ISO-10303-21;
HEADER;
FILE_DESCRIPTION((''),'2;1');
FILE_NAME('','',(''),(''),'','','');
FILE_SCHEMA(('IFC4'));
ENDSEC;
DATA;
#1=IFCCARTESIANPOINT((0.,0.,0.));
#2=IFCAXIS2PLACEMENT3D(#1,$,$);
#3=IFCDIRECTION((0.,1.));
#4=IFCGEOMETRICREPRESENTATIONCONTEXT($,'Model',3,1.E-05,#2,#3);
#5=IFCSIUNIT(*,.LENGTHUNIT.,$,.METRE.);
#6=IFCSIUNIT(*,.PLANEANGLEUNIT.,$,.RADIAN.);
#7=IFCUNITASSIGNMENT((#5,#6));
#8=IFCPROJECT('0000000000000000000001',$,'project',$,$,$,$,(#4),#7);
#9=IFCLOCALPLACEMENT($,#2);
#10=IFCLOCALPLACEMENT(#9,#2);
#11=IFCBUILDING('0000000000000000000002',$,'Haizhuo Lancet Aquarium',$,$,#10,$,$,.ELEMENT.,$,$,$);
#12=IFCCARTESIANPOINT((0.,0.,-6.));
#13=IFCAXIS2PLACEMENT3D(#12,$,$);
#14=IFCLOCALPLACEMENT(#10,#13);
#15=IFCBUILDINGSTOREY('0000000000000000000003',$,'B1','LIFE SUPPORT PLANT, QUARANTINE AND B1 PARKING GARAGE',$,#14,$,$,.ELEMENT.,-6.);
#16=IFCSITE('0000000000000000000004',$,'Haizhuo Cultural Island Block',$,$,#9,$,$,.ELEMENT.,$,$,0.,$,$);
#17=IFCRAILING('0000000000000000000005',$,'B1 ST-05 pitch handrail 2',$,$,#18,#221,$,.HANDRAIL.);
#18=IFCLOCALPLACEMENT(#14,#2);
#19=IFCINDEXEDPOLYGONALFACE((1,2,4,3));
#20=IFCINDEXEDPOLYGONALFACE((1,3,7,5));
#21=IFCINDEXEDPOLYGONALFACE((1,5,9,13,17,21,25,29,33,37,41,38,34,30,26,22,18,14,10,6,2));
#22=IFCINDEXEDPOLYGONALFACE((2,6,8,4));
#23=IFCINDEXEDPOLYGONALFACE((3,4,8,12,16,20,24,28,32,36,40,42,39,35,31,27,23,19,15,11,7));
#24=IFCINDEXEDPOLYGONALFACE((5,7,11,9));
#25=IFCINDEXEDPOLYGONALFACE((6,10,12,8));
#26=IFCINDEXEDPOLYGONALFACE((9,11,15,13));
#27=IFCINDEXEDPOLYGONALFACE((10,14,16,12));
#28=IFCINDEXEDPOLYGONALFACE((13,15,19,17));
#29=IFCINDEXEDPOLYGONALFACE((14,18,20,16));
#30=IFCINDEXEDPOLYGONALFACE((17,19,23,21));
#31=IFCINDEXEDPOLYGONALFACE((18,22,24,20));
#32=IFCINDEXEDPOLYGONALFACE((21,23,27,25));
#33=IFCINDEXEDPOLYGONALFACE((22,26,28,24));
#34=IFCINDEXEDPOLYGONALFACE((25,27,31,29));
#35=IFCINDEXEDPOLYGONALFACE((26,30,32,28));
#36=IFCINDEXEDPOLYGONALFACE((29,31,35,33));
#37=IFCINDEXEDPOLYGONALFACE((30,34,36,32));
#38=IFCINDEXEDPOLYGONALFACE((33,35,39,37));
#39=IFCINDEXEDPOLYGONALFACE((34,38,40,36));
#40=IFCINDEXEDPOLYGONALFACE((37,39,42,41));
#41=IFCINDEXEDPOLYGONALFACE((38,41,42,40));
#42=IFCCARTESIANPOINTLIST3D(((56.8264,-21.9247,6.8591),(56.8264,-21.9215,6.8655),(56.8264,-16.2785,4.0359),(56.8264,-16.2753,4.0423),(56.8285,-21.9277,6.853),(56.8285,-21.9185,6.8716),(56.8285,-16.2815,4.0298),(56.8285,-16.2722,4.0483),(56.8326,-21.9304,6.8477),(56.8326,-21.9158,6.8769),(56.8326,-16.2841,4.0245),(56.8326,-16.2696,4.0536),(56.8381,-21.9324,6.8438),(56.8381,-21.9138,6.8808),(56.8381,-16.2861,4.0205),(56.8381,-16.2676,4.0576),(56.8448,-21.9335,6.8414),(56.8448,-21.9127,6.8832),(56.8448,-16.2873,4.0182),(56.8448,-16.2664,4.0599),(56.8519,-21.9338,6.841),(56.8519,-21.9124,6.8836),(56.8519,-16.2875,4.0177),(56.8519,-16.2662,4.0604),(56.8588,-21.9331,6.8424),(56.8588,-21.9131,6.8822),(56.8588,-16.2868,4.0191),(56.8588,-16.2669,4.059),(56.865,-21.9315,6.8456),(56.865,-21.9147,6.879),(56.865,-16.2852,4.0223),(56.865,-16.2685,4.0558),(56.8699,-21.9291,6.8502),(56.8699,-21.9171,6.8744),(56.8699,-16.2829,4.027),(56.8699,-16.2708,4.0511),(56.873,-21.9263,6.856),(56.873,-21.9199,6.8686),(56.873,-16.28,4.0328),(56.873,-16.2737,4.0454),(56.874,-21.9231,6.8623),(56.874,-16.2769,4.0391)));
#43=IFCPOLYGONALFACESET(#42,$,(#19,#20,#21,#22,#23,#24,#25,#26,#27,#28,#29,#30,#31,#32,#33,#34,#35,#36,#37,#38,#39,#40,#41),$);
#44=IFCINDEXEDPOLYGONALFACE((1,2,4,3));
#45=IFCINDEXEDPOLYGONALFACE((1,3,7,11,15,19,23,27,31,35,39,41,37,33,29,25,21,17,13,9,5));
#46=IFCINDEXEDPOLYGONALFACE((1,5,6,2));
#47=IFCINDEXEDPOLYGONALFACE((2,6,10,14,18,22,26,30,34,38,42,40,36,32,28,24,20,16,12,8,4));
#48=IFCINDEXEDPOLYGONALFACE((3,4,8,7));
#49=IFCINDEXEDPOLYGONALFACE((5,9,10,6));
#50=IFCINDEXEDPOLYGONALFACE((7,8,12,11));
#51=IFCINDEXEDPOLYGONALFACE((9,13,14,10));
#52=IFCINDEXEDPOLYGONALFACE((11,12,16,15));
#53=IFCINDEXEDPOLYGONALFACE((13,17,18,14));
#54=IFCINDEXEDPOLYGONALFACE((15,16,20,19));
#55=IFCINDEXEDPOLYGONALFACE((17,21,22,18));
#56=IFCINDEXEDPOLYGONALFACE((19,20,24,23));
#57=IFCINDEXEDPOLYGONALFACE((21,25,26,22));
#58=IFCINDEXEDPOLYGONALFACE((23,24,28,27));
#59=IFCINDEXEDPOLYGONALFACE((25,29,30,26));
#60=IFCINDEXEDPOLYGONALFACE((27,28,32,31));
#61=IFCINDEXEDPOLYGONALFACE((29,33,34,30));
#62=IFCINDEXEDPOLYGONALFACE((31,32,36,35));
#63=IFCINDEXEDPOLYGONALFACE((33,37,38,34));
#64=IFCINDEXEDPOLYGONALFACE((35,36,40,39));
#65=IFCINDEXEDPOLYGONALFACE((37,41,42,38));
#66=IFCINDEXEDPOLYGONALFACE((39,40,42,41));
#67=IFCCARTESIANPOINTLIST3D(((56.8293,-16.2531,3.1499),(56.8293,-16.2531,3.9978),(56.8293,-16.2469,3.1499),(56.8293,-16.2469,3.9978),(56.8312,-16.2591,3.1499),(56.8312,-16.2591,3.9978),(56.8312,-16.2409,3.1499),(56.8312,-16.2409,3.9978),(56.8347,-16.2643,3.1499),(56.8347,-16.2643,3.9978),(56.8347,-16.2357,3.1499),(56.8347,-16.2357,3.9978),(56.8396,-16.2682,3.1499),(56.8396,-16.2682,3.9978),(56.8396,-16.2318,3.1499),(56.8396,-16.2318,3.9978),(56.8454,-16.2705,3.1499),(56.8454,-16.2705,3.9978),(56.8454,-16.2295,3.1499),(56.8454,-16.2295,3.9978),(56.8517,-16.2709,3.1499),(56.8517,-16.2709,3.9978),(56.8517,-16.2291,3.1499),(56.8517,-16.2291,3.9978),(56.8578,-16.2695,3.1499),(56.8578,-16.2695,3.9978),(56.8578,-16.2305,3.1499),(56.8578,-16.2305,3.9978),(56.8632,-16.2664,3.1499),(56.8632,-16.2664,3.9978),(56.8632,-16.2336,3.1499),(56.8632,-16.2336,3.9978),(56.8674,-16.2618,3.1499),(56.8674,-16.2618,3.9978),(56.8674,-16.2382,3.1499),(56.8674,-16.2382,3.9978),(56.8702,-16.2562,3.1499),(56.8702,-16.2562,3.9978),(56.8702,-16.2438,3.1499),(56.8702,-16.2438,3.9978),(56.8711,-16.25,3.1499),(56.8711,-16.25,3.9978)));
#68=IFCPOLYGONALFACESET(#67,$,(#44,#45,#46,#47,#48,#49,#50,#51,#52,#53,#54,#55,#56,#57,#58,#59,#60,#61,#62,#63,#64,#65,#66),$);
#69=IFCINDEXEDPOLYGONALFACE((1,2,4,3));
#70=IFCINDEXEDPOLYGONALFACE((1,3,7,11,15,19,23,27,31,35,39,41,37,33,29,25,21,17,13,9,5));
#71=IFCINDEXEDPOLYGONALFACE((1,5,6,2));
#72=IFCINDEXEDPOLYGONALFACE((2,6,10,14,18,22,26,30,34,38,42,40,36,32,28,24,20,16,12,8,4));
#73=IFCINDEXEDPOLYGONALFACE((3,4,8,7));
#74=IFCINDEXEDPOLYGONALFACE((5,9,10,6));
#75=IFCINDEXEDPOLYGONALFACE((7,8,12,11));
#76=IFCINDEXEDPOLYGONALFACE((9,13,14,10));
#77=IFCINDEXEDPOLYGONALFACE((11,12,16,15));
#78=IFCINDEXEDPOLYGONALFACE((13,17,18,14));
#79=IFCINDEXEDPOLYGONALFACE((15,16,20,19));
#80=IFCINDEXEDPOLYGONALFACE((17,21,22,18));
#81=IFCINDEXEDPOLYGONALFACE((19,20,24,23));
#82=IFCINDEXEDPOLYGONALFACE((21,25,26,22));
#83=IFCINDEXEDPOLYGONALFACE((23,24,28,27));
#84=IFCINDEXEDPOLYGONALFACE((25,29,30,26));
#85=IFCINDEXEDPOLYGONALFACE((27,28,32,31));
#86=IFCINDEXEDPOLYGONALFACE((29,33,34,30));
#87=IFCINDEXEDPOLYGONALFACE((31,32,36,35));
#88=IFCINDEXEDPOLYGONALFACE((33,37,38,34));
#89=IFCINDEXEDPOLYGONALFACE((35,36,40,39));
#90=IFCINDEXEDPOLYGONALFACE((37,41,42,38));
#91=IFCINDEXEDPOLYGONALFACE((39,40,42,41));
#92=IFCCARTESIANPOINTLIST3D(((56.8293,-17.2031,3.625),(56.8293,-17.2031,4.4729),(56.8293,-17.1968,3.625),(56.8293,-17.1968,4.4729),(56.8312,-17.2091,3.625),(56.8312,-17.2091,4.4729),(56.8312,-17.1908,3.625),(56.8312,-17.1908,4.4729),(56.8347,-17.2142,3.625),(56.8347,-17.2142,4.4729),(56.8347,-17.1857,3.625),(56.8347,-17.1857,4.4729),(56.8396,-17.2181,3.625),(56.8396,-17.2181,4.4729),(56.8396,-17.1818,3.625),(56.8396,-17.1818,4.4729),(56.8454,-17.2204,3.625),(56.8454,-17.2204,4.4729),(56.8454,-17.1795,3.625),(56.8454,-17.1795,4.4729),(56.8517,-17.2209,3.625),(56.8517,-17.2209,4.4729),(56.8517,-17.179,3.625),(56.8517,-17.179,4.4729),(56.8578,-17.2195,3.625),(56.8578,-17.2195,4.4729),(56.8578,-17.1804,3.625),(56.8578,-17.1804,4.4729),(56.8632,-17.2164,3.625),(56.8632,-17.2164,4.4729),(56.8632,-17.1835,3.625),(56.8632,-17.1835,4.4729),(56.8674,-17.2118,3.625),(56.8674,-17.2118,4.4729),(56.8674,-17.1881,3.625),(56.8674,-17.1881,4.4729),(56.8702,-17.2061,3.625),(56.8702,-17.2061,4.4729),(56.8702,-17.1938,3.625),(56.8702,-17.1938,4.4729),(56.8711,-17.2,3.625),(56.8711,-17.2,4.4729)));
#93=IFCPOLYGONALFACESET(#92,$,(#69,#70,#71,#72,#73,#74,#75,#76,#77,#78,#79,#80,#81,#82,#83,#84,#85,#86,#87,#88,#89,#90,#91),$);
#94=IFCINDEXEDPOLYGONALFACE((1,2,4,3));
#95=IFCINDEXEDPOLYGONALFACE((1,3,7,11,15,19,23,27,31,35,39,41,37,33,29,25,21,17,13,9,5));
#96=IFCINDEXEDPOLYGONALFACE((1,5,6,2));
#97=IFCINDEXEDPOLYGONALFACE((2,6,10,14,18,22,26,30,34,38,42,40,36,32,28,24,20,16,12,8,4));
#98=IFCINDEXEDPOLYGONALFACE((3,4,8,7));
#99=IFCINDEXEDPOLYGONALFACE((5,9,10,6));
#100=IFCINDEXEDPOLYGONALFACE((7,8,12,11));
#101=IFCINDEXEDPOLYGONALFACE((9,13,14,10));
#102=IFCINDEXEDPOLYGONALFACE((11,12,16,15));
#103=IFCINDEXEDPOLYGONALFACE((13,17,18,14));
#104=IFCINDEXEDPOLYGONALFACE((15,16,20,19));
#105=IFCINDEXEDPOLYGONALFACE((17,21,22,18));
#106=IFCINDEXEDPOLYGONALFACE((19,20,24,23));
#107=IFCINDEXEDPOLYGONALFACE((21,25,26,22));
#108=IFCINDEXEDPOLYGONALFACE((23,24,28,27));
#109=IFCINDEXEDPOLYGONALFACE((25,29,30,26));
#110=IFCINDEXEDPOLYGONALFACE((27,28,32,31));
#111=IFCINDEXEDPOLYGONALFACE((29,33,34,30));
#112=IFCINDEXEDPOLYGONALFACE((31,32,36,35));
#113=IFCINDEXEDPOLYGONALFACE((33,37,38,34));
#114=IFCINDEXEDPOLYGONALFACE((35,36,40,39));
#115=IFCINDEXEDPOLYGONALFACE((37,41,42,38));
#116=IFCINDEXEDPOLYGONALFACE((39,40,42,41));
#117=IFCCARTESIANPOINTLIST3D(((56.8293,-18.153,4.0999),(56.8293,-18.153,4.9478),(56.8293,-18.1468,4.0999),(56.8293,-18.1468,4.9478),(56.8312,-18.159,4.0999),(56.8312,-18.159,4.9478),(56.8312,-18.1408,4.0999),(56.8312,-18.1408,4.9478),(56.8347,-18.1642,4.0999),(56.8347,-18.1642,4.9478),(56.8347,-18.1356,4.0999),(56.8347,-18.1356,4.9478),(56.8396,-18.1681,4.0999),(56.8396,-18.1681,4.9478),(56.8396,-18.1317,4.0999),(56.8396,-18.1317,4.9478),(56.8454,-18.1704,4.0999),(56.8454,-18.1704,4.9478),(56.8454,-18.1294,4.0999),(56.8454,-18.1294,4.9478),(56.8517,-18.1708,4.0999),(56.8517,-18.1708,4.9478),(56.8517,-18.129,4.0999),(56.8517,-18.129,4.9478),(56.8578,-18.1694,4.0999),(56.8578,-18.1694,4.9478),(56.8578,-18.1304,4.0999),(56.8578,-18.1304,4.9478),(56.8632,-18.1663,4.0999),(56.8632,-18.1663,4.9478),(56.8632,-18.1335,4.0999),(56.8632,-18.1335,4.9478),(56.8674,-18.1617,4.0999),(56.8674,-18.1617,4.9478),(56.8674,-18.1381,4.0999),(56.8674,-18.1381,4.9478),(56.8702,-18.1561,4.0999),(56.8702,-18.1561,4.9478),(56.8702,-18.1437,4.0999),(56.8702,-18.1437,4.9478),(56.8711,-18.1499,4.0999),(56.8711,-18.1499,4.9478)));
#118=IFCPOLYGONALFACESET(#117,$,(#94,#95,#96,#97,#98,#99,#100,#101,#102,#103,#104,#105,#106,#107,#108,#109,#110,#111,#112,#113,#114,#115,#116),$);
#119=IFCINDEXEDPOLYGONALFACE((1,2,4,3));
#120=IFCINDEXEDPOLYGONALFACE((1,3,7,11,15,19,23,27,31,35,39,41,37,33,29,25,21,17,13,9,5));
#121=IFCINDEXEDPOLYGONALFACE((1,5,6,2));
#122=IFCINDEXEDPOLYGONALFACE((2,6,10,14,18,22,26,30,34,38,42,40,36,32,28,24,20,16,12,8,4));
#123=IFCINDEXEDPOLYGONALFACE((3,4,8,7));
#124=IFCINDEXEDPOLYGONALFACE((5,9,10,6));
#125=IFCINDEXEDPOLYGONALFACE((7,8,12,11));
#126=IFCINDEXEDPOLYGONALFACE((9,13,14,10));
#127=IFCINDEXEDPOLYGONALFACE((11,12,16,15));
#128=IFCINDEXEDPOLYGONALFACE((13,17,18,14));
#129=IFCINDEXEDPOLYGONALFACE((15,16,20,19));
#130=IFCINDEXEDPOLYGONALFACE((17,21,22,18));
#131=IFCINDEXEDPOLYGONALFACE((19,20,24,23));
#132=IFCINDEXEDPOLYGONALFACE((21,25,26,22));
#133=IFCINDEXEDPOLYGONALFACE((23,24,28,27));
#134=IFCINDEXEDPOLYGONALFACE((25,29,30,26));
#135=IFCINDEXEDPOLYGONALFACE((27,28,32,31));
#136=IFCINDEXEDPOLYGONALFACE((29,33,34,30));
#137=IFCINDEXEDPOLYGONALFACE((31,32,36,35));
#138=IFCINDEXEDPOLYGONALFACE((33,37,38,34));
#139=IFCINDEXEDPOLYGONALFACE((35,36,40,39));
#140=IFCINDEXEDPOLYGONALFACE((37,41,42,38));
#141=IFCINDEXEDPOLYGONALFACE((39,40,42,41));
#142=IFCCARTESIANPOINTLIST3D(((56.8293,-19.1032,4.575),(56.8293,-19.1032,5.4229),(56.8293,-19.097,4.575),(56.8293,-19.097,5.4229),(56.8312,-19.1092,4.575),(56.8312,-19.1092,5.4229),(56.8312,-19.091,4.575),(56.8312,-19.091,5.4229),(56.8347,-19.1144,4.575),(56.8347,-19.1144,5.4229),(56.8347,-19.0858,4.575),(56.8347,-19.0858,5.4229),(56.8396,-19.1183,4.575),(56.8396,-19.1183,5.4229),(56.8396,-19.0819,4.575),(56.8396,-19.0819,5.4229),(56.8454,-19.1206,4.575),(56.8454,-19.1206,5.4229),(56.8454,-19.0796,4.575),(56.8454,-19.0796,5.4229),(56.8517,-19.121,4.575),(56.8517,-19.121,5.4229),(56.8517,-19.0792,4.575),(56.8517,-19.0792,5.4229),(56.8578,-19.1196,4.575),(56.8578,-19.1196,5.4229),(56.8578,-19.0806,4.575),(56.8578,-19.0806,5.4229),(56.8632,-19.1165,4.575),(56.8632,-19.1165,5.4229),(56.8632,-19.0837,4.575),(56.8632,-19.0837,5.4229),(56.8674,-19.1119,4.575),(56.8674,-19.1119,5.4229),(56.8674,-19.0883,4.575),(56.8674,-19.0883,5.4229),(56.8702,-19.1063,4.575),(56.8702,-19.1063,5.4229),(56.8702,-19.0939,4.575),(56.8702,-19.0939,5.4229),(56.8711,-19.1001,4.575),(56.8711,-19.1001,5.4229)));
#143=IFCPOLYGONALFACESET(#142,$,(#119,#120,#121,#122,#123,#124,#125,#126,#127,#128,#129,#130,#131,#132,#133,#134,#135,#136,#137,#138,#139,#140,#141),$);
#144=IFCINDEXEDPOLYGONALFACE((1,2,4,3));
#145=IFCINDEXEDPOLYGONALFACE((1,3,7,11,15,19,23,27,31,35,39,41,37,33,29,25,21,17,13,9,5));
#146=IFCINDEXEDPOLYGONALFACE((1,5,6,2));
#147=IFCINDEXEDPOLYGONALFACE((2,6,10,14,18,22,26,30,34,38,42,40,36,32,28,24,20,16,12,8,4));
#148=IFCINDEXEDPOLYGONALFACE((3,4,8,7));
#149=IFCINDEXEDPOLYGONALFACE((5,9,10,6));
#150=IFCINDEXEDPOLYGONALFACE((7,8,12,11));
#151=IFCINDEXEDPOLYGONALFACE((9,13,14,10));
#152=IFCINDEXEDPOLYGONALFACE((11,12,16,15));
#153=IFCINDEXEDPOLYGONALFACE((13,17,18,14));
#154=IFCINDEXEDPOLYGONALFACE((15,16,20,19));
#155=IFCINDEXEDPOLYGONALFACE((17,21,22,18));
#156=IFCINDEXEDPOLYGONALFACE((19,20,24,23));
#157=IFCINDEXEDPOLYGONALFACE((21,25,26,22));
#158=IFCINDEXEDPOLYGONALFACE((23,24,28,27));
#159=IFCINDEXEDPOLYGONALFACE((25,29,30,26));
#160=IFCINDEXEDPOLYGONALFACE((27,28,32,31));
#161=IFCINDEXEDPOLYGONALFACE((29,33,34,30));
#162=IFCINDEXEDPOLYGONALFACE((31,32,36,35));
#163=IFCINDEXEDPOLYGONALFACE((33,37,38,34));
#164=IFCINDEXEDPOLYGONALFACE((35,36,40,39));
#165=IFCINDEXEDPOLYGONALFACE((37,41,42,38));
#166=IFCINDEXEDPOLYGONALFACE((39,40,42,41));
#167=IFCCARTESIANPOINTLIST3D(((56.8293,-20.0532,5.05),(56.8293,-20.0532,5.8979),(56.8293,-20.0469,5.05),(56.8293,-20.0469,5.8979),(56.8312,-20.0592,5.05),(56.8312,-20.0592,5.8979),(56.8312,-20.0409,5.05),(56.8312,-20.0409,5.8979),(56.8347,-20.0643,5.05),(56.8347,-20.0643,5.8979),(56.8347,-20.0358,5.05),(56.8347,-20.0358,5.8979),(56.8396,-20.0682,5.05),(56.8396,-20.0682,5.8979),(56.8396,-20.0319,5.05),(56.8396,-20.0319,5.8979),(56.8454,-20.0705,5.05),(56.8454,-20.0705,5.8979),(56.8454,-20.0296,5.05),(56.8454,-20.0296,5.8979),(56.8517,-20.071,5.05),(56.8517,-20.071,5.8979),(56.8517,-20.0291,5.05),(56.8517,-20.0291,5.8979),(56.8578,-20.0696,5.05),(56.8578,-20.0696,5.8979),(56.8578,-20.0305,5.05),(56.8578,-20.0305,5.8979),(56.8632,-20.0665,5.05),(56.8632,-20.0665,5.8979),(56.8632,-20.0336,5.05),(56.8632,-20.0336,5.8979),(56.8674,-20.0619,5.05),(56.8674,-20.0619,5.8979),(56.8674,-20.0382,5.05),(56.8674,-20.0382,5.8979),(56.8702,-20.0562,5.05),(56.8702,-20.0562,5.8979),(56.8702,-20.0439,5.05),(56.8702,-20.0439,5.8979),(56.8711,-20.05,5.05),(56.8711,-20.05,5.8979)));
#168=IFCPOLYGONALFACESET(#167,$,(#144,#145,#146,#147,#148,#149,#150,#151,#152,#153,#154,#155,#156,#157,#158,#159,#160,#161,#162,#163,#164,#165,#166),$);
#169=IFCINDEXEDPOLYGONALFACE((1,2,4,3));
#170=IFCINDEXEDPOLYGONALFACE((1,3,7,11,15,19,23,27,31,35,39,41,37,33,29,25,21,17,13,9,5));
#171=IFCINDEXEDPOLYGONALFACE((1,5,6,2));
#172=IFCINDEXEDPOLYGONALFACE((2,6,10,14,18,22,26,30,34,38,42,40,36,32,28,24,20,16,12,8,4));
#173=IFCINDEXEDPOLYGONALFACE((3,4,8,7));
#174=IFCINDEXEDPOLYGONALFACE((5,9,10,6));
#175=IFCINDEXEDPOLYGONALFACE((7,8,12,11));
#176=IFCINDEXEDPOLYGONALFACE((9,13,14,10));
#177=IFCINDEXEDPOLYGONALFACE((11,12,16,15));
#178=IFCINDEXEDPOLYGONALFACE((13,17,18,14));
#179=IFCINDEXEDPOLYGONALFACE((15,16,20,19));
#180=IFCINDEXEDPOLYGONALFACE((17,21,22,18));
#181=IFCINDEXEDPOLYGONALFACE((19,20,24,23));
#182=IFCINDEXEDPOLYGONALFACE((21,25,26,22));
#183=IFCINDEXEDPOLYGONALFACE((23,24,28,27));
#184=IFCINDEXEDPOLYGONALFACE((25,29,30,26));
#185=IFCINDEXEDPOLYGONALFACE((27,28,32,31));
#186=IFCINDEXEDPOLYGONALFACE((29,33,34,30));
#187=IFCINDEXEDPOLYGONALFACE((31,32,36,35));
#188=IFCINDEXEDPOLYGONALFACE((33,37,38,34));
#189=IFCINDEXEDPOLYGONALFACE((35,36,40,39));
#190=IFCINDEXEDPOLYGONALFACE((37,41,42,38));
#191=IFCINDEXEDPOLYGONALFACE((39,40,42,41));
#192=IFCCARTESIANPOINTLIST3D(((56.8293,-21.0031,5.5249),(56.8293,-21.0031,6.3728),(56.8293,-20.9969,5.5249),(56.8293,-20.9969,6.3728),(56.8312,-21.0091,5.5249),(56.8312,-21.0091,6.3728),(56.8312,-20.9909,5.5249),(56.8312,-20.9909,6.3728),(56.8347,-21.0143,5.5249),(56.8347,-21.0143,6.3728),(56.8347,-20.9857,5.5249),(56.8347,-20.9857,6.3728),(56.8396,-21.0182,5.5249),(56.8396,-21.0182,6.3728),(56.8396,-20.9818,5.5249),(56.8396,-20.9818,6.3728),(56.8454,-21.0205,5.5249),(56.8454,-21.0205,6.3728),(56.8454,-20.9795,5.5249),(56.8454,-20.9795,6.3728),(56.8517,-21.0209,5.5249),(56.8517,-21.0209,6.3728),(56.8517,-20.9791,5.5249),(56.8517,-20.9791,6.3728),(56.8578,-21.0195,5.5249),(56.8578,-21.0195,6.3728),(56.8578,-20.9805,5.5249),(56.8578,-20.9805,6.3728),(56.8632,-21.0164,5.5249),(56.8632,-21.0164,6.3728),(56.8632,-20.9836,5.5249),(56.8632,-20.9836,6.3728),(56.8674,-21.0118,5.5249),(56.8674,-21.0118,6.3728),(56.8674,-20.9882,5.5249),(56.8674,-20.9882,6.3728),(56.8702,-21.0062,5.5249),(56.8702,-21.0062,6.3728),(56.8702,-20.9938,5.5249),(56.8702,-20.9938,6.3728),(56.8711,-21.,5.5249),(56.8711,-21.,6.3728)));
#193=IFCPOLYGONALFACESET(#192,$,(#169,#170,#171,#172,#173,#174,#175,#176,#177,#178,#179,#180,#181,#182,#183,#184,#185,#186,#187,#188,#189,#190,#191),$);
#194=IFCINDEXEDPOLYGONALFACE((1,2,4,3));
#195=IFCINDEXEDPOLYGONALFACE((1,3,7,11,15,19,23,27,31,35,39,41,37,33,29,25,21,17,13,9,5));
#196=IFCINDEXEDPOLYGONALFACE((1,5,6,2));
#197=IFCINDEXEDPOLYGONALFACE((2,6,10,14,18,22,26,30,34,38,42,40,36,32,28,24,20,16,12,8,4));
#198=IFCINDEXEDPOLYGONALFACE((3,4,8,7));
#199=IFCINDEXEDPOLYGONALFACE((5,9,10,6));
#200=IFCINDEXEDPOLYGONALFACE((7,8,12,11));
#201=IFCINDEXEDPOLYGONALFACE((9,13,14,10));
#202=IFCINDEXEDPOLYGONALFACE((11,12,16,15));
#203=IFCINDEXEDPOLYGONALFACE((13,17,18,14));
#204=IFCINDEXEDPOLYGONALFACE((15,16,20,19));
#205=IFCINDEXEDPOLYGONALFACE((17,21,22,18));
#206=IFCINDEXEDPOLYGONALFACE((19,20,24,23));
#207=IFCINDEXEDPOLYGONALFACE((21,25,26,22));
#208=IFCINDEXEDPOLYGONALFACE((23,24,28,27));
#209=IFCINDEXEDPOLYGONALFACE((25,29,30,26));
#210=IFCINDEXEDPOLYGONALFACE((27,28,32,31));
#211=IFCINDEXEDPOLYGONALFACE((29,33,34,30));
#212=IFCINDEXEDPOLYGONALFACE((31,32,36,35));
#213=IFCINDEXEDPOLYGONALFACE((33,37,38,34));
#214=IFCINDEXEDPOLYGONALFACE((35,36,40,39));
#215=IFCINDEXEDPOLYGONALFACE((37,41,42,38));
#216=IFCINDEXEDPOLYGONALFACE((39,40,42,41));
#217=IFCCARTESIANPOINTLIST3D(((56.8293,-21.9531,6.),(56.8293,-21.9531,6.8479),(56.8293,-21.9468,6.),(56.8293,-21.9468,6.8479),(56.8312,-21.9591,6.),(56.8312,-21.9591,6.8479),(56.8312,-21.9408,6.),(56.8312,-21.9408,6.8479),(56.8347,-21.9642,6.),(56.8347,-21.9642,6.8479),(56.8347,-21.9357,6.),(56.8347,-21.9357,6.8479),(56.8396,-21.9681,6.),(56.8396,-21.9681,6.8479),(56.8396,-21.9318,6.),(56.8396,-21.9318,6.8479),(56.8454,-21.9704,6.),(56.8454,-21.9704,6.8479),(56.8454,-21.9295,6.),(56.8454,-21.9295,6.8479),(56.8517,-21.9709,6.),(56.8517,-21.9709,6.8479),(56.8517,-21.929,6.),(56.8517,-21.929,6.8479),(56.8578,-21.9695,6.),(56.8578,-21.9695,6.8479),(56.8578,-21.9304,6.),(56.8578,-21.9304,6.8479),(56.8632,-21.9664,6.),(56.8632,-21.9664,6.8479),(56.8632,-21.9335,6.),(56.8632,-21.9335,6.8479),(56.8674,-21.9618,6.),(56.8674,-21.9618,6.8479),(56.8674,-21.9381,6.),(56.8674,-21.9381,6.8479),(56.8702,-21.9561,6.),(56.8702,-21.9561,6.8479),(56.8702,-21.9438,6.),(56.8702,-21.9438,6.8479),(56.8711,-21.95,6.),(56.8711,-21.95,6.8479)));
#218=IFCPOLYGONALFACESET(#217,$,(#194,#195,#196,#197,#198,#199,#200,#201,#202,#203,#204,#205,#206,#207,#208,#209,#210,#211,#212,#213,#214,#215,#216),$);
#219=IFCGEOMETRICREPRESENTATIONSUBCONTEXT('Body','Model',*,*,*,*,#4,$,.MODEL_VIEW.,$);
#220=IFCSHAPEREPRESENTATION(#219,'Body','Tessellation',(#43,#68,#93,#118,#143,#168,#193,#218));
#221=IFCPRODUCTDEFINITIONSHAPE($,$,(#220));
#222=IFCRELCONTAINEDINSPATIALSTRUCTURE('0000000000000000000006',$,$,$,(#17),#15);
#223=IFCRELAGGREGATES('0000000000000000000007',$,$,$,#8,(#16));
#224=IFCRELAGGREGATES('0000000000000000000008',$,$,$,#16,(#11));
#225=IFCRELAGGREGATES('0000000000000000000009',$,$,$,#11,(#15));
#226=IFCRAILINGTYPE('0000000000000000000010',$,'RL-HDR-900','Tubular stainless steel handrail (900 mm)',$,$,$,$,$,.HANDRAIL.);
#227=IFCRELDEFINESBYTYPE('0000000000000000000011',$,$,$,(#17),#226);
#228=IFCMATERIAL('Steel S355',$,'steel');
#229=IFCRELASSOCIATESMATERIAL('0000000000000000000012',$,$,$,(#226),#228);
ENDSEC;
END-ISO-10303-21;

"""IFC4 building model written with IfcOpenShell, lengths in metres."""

from ifc_helpers import new_model, si_unit, direction, frame, origin, origin_2d, place, context, subcontext, project, spatial, circle, extrude, material, type_object, element, save


model = new_model("IFC4")

# Units and contexts
model_context = context("Model", 3, precision=1e-05, world=origin(), true_north=direction((0.0, 1.0)))
body_context = subcontext(model_context, "Body", "Model", "MODEL_VIEW")
ifc_project = project(units=[si_unit("LENGTHUNIT", "METRE"), si_unit("PLANEANGLEUNIT", "RADIAN")], contexts=[model_context])

# Site, building, storey
site_placement = place(None, origin())
site = spatial("IfcSite", under=ifc_project, at=site_placement, Name="Haizhuo Cultural Island Block", CompositionType="ELEMENT", RefElevation=0.0)
building_placement = place(site_placement, origin())
building = spatial("IfcBuilding", under=site, at=building_placement, Name="Haizhuo Lancet Aquarium", CompositionType="ELEMENT")
storey_placement = place(building_placement, frame((0.0, 0.0, -6.0)))
storey = spatial("IfcBuildingStorey", under=building, at=storey_placement, Name="B1", Description="LIFE SUPPORT PLANT, QUARANTINE AND B1 PARKING GARAGE", CompositionType="ELEMENT", Elevation=-6.0)

# Shared definitions
ifc_material_1 = material(Name="Steel S355", Category="steel")

# Railing
railing_type_1 = type_object("IfcRailingType", Name="RL-HDR-900", Description="Tubular stainless steel handrail (900 mm)", PredefinedType="HANDRAIL", material=ifc_material_1)
railing_1_placement = place(storey_placement, frame((56.8501, -16.25, 3.1499)))
element("IfcRailing", 1, at=railing_1_placement, inside=storey, type_object=railing_type_1, Name="B1 ST-05 pitch handrail 2", PredefinedType="HANDRAIL", context=body_context, shape_type="SweptSolid", body=[
    extrude(circle(Radius=0.0239, at=origin_2d()), frame((0.0, -0.0269, 0.8892), z_axis=(0.0, -0.89442, 0.447229), x_axis=(1.0, 0.0, 0.0)), (0.0, 0.0, 1.0), 6.3127),
    extrude(circle(Radius=0.021, at=origin_2d()), origin(), (0.0, 0.0, 1.0), 0.8479),
    extrude(circle(Radius=0.021, at=origin_2d()), frame((0.0, -0.95, 0.4751)), (0.0, 0.0, 1.0), 0.8479),
    extrude(circle(Radius=0.021, at=origin_2d()), frame((0.0, -1.8999, 0.95)), (0.0, 0.0, 1.0), 0.8479),
    extrude(circle(Radius=0.021, at=origin_2d()), frame((0.0, -2.8501, 1.425)), (0.0, 0.0, 1.0), 0.8479),
    extrude(circle(Radius=0.021, at=origin_2d()), frame((0.0, -3.8, 1.9001)), (0.0, 0.0, 1.0), 0.8479),
    extrude(circle(Radius=0.021, at=origin_2d()), frame((0.0, -4.75, 2.375)), (0.0, 0.0, 1.0), 0.8479),
    extrude(circle(Radius=0.021, at=origin_2d()), frame((0.0, -5.7, 2.8501)), (0.0, 0.0, 1.0), 0.8479),
])

save(model, "model.ifc")
